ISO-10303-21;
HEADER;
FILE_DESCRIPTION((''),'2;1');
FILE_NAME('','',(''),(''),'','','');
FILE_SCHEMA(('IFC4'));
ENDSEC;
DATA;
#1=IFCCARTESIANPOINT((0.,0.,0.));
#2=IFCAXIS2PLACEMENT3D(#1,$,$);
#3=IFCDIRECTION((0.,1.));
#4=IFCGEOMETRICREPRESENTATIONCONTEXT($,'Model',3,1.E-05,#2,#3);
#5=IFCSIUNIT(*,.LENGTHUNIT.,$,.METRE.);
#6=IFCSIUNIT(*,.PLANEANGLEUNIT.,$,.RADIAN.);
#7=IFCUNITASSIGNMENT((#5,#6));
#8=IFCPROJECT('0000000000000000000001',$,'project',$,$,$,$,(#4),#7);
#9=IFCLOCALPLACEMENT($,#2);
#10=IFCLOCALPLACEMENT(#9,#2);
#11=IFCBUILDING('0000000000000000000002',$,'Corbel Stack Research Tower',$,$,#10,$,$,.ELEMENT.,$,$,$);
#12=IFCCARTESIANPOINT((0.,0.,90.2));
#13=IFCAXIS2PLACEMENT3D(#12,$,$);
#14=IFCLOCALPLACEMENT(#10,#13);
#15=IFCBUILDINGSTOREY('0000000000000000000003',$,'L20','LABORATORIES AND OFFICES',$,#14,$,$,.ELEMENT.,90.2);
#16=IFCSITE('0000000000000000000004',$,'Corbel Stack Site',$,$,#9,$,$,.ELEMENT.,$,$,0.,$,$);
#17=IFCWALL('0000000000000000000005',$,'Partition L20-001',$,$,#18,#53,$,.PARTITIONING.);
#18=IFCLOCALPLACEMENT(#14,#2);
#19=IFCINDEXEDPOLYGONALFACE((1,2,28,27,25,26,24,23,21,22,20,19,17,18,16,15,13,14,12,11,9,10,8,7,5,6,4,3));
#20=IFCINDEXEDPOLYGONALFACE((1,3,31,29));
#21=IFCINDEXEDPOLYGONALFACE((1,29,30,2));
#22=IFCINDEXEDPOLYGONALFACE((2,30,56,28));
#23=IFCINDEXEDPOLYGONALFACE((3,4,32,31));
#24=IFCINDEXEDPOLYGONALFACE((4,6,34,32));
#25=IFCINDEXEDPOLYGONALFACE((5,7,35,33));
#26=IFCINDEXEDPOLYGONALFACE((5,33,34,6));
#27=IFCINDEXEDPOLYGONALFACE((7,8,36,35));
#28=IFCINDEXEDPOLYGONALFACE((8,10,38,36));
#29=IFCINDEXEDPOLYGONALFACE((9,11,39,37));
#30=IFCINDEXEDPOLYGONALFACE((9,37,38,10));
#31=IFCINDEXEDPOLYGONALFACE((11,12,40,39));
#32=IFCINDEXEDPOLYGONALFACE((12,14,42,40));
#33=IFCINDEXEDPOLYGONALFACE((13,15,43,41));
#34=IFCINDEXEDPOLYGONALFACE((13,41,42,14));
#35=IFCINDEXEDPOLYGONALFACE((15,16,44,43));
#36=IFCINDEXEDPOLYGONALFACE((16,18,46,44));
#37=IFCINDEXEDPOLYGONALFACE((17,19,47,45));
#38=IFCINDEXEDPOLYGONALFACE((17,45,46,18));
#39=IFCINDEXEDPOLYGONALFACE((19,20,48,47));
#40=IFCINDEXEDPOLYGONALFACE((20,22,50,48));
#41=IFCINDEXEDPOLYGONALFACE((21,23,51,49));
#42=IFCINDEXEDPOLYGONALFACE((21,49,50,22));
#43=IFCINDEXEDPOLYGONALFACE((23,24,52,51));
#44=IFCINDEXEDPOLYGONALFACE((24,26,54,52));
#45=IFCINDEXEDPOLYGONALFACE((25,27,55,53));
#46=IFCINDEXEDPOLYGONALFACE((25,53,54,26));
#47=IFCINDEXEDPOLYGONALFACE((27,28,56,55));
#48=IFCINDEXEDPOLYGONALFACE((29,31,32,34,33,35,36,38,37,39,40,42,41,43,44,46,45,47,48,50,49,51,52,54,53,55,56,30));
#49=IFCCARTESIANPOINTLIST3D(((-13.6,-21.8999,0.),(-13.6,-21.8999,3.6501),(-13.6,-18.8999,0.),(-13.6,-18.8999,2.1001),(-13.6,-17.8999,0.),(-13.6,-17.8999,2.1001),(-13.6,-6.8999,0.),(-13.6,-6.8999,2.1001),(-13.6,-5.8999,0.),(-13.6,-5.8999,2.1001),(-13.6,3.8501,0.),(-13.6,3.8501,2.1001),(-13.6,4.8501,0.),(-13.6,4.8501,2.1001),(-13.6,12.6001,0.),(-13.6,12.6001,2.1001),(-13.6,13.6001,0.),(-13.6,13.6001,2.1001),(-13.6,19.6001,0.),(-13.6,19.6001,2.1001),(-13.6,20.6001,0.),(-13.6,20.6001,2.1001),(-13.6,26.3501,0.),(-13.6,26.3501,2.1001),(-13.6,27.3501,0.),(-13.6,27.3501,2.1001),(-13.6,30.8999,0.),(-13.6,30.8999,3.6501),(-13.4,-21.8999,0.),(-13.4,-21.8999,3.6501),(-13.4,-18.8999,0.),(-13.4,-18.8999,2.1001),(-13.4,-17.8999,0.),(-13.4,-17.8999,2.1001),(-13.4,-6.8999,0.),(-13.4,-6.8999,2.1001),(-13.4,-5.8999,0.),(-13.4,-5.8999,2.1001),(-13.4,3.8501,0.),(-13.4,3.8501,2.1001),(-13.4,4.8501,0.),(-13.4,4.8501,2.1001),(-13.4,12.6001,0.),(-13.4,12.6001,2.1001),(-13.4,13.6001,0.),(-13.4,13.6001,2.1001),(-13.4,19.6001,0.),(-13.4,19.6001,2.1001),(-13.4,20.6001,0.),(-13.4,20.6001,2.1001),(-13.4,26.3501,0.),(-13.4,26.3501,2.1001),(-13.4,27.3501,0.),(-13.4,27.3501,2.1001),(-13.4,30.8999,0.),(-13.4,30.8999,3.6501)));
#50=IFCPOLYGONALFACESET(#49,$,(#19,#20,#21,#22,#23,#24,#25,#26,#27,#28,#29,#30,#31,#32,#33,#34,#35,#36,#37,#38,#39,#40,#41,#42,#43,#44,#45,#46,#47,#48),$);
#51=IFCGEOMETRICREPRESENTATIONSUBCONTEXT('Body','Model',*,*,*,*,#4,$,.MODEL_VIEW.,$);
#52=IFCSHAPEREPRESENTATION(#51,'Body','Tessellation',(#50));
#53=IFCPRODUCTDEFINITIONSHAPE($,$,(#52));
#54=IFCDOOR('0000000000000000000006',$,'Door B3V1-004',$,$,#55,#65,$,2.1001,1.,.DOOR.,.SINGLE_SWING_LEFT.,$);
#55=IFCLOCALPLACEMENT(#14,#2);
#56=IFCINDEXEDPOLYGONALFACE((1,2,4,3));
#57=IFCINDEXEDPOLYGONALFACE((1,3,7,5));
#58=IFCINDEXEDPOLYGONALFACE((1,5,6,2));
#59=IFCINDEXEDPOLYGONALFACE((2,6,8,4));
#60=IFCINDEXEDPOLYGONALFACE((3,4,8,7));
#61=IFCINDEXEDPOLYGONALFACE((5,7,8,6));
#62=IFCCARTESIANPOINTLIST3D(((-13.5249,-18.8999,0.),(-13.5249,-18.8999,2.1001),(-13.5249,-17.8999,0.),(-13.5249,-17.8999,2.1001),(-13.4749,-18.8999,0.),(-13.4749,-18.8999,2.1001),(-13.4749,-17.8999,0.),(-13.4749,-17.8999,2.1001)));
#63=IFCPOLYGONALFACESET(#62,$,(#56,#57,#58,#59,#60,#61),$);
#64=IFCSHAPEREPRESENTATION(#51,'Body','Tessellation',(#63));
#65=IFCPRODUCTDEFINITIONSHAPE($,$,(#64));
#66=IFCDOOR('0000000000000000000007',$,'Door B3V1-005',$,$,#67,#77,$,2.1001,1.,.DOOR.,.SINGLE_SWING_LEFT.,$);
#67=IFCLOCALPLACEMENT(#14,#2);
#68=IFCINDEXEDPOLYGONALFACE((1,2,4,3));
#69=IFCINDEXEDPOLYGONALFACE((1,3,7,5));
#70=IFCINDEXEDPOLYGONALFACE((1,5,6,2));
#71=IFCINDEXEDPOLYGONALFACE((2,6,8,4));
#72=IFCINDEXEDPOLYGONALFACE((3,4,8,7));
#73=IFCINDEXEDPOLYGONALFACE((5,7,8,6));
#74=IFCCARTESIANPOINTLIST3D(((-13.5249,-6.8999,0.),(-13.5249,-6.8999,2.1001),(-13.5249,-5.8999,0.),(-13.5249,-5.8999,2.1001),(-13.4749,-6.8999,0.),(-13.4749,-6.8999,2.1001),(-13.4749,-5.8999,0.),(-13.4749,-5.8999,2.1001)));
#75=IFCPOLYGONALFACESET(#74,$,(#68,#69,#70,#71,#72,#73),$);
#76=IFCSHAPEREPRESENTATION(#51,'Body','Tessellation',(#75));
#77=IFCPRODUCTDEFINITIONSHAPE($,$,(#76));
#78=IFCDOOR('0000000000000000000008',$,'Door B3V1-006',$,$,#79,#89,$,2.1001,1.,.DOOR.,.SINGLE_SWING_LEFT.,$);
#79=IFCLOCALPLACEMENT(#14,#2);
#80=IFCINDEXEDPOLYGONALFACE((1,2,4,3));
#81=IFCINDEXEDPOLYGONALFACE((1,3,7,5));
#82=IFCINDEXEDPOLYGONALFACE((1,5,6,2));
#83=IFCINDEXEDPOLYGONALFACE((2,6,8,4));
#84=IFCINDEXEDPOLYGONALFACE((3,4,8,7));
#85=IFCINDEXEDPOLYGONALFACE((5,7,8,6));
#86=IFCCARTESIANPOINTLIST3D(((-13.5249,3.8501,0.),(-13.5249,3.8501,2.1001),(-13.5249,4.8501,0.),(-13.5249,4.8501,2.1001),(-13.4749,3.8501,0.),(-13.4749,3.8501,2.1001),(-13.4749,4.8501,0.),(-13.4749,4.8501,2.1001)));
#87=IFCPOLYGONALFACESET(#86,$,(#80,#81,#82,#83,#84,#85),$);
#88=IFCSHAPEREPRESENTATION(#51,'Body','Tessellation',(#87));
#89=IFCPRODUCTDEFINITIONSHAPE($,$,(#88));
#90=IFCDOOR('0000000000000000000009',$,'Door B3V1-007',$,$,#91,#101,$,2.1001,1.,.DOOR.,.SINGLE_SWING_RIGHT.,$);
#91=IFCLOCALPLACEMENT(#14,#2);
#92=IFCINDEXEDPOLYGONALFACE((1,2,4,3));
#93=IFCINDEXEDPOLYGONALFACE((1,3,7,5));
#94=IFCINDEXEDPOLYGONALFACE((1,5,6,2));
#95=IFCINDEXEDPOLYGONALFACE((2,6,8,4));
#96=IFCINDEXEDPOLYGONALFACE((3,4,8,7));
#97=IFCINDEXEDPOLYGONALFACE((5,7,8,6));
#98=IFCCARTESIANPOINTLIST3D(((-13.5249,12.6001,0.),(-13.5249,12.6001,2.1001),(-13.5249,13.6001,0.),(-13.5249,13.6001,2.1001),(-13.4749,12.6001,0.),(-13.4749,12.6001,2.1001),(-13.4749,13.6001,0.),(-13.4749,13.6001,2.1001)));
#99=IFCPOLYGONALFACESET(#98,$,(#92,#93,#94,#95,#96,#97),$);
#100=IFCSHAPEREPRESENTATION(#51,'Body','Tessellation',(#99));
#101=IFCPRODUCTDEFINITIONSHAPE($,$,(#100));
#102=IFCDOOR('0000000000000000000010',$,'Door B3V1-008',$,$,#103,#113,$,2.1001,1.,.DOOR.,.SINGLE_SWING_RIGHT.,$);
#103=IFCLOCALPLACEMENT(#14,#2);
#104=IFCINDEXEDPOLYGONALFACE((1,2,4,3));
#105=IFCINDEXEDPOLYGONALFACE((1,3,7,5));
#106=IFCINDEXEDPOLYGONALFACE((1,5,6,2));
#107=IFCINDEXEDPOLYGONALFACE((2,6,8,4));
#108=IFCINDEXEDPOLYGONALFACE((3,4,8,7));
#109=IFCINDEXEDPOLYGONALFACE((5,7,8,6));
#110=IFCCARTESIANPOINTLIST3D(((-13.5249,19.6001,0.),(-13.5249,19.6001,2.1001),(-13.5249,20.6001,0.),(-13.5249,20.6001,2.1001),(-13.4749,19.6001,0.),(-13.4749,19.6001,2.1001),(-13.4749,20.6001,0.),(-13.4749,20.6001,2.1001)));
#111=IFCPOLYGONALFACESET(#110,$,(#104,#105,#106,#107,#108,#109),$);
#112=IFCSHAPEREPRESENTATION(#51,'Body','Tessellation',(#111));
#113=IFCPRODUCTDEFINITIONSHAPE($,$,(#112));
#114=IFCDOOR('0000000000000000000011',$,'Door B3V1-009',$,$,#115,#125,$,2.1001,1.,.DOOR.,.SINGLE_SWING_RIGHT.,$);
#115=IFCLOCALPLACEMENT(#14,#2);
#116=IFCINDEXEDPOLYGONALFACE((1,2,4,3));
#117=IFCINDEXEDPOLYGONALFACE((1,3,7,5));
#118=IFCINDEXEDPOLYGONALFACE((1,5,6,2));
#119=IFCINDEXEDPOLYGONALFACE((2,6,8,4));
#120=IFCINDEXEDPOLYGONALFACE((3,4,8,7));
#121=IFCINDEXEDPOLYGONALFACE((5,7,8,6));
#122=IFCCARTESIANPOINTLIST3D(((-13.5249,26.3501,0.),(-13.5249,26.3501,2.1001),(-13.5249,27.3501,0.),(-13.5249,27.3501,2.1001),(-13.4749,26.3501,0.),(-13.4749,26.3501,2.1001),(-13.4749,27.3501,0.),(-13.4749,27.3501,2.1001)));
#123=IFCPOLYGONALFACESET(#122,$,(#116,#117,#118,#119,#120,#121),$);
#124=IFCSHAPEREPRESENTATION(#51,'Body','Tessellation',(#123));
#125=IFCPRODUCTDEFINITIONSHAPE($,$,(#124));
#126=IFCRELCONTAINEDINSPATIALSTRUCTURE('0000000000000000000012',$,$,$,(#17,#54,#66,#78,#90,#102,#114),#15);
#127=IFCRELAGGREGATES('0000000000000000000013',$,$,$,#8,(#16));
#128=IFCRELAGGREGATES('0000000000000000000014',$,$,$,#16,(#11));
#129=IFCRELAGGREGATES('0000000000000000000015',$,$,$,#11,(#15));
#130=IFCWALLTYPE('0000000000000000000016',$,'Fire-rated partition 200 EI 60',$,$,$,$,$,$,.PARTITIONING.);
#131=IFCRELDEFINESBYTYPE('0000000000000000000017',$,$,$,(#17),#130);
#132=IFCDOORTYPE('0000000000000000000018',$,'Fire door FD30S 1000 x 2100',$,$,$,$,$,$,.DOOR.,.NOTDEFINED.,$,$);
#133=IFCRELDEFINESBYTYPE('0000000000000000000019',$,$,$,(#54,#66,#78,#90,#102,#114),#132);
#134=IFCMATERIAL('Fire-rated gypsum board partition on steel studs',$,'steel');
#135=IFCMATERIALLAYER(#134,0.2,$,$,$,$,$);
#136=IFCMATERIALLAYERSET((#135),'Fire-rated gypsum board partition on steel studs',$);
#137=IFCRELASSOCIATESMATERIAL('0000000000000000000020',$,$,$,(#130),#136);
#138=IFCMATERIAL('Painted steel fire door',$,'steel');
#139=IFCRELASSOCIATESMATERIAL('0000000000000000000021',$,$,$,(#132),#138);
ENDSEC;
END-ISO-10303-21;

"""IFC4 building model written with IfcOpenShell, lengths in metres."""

from ifc_helpers import new_model, si_unit, direction, frame, frame_2d, origin, place, context, subcontext, project, spatial, rectangle, extrude, material, layer, layer_set, type_object, element, fill, save


model = new_model("IFC4")

# Units and contexts
model_context = context("Model", 3, precision=1e-05, world=origin(), true_north=direction((0.0, 1.0)))
body_context = subcontext(model_context, "Body", "Model", "MODEL_VIEW")
ifc_project = project(units=[si_unit("LENGTHUNIT", "METRE"), si_unit("PLANEANGLEUNIT", "RADIAN")], contexts=[model_context])

# Site, building, storey
site_placement = place(None, origin())
site = spatial("IfcSite", under=ifc_project, at=site_placement, Name="Corbel Stack Site", CompositionType="ELEMENT", RefElevation=0.0)
building_placement = place(site_placement, origin())
building = spatial("IfcBuilding", under=site, at=building_placement, Name="Corbel Stack Research Tower", CompositionType="ELEMENT")
storey_placement = place(building_placement, frame((0.0, 0.0, 90.2)))
storey = spatial("IfcBuildingStorey", under=building, at=storey_placement, Name="L20", Description="LABORATORIES AND OFFICES", CompositionType="ELEMENT", Elevation=90.2)

# Wall, openings, doors
ifc_material_1 = material(Name="Fire-rated gypsum board partition on steel studs", Category="steel")
ifc_layer_1 = layer(ifc_material_1, 0.2)
ifc_layer_set_1 = layer_set([ifc_layer_1], Name="Fire-rated gypsum board partition on steel studs")
wall_type_1 = type_object("IfcWallType", Name="Fire-rated partition 200 EI 60", PredefinedType="PARTITIONING", material=ifc_layer_set_1)
wall_1_placement = place(storey_placement, frame((-13.5, -21.8999, 0.0), z_axis=(0.0, 0.0, 1.0), x_axis=(0.0, 1.0, 0.0)))
wall_1 = element("IfcWall", 1, at=wall_1_placement, inside=storey, type_object=wall_type_1, Name="Partition L20-001", PredefinedType="PARTITIONING", context=body_context, shape_type="SweptSolid", body=[
    extrude(rectangle(XDim=52.7998, YDim=0.2, at=frame_2d((26.3999, 0.0))), origin(), (0.0, 0.0, 1.0), 3.6501),
])
opening_1_placement = place(wall_1_placement, frame((3.0, 0.0, 0.0)))
opening_1 = element("IfcOpeningElement", 2, at=opening_1_placement, cuts=wall_1, PredefinedType="OPENING", context=body_context, shape_type="SweptSolid", body=[
    extrude(rectangle(XDim=1.0, YDim=2.1001, at=frame_2d((0.5, 1.05))), frame((0.0, 0.1099, 0.0), z_axis=(0.0, -1.0, 0.0), x_axis=(1.0, 0.0, 0.0)), (0.0, 0.0, 1.0), 0.22),
])
opening_2_placement = place(wall_1_placement, frame((15.0, 0.0, 0.0)))
opening_2 = element("IfcOpeningElement", 3, at=opening_2_placement, cuts=wall_1, PredefinedType="OPENING", context=body_context, shape_type="SweptSolid", body=[
    extrude(rectangle(XDim=1.0, YDim=2.1001, at=frame_2d((0.5, 1.05))), frame((0.0, 0.1099, 0.0), z_axis=(0.0, -1.0, 0.0), x_axis=(1.0, 0.0, 0.0)), (0.0, 0.0, 1.0), 0.22),
])
opening_3_placement = place(wall_1_placement, frame((25.75, 0.0, 0.0)))
opening_3 = element("IfcOpeningElement", 4, at=opening_3_placement, cuts=wall_1, PredefinedType="OPENING", context=body_context, shape_type="SweptSolid", body=[
    extrude(rectangle(XDim=1.0, YDim=2.1001, at=frame_2d((0.5, 1.05))), frame((0.0, 0.1099, 0.0), z_axis=(0.0, -1.0, 0.0), x_axis=(1.0, 0.0, 0.0)), (0.0, 0.0, 1.0), 0.22),
])
opening_4_placement = place(wall_1_placement, frame((34.5, 0.0, 0.0)))
opening_4 = element("IfcOpeningElement", 5, at=opening_4_placement, cuts=wall_1, PredefinedType="OPENING", context=body_context, shape_type="SweptSolid", body=[
    extrude(rectangle(XDim=1.0, YDim=2.1001, at=frame_2d((0.5, 1.05))), frame((0.0, 0.1099, 0.0), z_axis=(0.0, -1.0, 0.0), x_axis=(1.0, 0.0, 0.0)), (0.0, 0.0, 1.0), 0.22),
])
opening_5_placement = place(wall_1_placement, frame((41.5, 0.0, 0.0)))
opening_5 = element("IfcOpeningElement", 6, at=opening_5_placement, cuts=wall_1, PredefinedType="OPENING", context=body_context, shape_type="SweptSolid", body=[
    extrude(rectangle(XDim=1.0, YDim=2.1001, at=frame_2d((0.5, 1.05))), frame((0.0, 0.1099, 0.0), z_axis=(0.0, -1.0, 0.0), x_axis=(1.0, 0.0, 0.0)), (0.0, 0.0, 1.0), 0.22),
])
opening_6_placement = place(wall_1_placement, frame((48.25, 0.0, 0.0)))
opening_6 = element("IfcOpeningElement", 7, at=opening_6_placement, cuts=wall_1, PredefinedType="OPENING", context=body_context, shape_type="SweptSolid", body=[
    extrude(rectangle(XDim=1.0, YDim=2.1001, at=frame_2d((0.5, 1.05))), frame((0.0, 0.1099, 0.0), z_axis=(0.0, -1.0, 0.0), x_axis=(1.0, 0.0, 0.0)), (0.0, 0.0, 1.0), 0.22),
])
ifc_material_2 = material(Name="Painted steel fire door", Category="steel")
door_type_1 = type_object("IfcDoorType", Name="Fire door FD30S 1000 x 2100", OperationType="NOTDEFINED", PredefinedType="DOOR", material=ifc_material_2)
door_1_placement = place(opening_1_placement, origin())
door_1 = element("IfcDoor", 8, at=door_1_placement, inside=storey, type_object=door_type_1, Name="Door B3V1-004", OperationType="SINGLE_SWING_LEFT", OverallHeight=2.1001, OverallWidth=1.0, PredefinedType="DOOR", context=body_context, shape_type="SweptSolid", body=[
    extrude(rectangle(XDim=1.0, YDim=2.1001, at=frame_2d((0.5, 1.05))), frame((0.0, 0.0249, 0.0), z_axis=(0.0, -1.0, 0.0), x_axis=(1.0, 0.0, 0.0)), (0.0, 0.0, 1.0), 0.05),
])
fill(opening_1, door_1)
door_2_placement = place(opening_2_placement, origin())
door_2 = element("IfcDoor", 9, at=door_2_placement, inside=storey, type_object=door_type_1, Name="Door B3V1-005", OperationType="SINGLE_SWING_LEFT", OverallHeight=2.1001, OverallWidth=1.0, PredefinedType="DOOR", context=body_context, shape_type="SweptSolid", body=[
    extrude(rectangle(XDim=1.0, YDim=2.1001, at=frame_2d((0.5, 1.05))), frame((0.0, 0.0249, 0.0), z_axis=(0.0, -1.0, 0.0), x_axis=(1.0, 0.0, 0.0)), (0.0, 0.0, 1.0), 0.05),
])
fill(opening_2, door_2)
door_3_placement = place(opening_3_placement, origin())
door_3 = element("IfcDoor", 10, at=door_3_placement, inside=storey, type_object=door_type_1, Name="Door B3V1-006", OperationType="SINGLE_SWING_LEFT", OverallHeight=2.1001, OverallWidth=1.0, PredefinedType="DOOR", context=body_context, shape_type="SweptSolid", body=[
    extrude(rectangle(XDim=1.0, YDim=2.1001, at=frame_2d((0.5, 1.05))), frame((0.0, 0.0249, 0.0), z_axis=(0.0, -1.0, 0.0), x_axis=(1.0, 0.0, 0.0)), (0.0, 0.0, 1.0), 0.05),
])
fill(opening_3, door_3)
door_4_placement = place(opening_4_placement, origin())
door_4 = element("IfcDoor", 11, at=door_4_placement, inside=storey, type_object=door_type_1, Name="Door B3V1-007", OperationType="SINGLE_SWING_RIGHT", OverallHeight=2.1001, OverallWidth=1.0, PredefinedType="DOOR", context=body_context, shape_type="SweptSolid", body=[
    extrude(rectangle(XDim=1.0, YDim=2.1001, at=frame_2d((0.5, 1.05))), frame((0.0, 0.0249, 0.0), z_axis=(0.0, -1.0, 0.0), x_axis=(1.0, 0.0, 0.0)), (0.0, 0.0, 1.0), 0.05),
])
fill(opening_4, door_4)
door_5_placement = place(opening_5_placement, origin())
door_5 = element("IfcDoor", 12, at=door_5_placement, inside=storey, type_object=door_type_1, Name="Door B3V1-008", OperationType="SINGLE_SWING_RIGHT", OverallHeight=2.1001, OverallWidth=1.0, PredefinedType="DOOR", context=body_context, shape_type="SweptSolid", body=[
    extrude(rectangle(XDim=1.0, YDim=2.1001, at=frame_2d((0.5, 1.05))), frame((0.0, 0.0249, 0.0), z_axis=(0.0, -1.0, 0.0), x_axis=(1.0, 0.0, 0.0)), (0.0, 0.0, 1.0), 0.05),
])
fill(opening_5, door_5)
door_6_placement = place(opening_6_placement, origin())
door_6 = element("IfcDoor", 13, at=door_6_placement, inside=storey, type_object=door_type_1, Name="Door B3V1-009", OperationType="SINGLE_SWING_RIGHT", OverallHeight=2.1001, OverallWidth=1.0, PredefinedType="DOOR", context=body_context, shape_type="SweptSolid", body=[
    extrude(rectangle(XDim=1.0, YDim=2.1001, at=frame_2d((0.5, 1.05))), frame((0.0, 0.0249, 0.0), z_axis=(0.0, -1.0, 0.0), x_axis=(1.0, 0.0, 0.0)), (0.0, 0.0, 1.0), 0.05),
])
fill(opening_6, door_6)

save(model, "model.ifc")
